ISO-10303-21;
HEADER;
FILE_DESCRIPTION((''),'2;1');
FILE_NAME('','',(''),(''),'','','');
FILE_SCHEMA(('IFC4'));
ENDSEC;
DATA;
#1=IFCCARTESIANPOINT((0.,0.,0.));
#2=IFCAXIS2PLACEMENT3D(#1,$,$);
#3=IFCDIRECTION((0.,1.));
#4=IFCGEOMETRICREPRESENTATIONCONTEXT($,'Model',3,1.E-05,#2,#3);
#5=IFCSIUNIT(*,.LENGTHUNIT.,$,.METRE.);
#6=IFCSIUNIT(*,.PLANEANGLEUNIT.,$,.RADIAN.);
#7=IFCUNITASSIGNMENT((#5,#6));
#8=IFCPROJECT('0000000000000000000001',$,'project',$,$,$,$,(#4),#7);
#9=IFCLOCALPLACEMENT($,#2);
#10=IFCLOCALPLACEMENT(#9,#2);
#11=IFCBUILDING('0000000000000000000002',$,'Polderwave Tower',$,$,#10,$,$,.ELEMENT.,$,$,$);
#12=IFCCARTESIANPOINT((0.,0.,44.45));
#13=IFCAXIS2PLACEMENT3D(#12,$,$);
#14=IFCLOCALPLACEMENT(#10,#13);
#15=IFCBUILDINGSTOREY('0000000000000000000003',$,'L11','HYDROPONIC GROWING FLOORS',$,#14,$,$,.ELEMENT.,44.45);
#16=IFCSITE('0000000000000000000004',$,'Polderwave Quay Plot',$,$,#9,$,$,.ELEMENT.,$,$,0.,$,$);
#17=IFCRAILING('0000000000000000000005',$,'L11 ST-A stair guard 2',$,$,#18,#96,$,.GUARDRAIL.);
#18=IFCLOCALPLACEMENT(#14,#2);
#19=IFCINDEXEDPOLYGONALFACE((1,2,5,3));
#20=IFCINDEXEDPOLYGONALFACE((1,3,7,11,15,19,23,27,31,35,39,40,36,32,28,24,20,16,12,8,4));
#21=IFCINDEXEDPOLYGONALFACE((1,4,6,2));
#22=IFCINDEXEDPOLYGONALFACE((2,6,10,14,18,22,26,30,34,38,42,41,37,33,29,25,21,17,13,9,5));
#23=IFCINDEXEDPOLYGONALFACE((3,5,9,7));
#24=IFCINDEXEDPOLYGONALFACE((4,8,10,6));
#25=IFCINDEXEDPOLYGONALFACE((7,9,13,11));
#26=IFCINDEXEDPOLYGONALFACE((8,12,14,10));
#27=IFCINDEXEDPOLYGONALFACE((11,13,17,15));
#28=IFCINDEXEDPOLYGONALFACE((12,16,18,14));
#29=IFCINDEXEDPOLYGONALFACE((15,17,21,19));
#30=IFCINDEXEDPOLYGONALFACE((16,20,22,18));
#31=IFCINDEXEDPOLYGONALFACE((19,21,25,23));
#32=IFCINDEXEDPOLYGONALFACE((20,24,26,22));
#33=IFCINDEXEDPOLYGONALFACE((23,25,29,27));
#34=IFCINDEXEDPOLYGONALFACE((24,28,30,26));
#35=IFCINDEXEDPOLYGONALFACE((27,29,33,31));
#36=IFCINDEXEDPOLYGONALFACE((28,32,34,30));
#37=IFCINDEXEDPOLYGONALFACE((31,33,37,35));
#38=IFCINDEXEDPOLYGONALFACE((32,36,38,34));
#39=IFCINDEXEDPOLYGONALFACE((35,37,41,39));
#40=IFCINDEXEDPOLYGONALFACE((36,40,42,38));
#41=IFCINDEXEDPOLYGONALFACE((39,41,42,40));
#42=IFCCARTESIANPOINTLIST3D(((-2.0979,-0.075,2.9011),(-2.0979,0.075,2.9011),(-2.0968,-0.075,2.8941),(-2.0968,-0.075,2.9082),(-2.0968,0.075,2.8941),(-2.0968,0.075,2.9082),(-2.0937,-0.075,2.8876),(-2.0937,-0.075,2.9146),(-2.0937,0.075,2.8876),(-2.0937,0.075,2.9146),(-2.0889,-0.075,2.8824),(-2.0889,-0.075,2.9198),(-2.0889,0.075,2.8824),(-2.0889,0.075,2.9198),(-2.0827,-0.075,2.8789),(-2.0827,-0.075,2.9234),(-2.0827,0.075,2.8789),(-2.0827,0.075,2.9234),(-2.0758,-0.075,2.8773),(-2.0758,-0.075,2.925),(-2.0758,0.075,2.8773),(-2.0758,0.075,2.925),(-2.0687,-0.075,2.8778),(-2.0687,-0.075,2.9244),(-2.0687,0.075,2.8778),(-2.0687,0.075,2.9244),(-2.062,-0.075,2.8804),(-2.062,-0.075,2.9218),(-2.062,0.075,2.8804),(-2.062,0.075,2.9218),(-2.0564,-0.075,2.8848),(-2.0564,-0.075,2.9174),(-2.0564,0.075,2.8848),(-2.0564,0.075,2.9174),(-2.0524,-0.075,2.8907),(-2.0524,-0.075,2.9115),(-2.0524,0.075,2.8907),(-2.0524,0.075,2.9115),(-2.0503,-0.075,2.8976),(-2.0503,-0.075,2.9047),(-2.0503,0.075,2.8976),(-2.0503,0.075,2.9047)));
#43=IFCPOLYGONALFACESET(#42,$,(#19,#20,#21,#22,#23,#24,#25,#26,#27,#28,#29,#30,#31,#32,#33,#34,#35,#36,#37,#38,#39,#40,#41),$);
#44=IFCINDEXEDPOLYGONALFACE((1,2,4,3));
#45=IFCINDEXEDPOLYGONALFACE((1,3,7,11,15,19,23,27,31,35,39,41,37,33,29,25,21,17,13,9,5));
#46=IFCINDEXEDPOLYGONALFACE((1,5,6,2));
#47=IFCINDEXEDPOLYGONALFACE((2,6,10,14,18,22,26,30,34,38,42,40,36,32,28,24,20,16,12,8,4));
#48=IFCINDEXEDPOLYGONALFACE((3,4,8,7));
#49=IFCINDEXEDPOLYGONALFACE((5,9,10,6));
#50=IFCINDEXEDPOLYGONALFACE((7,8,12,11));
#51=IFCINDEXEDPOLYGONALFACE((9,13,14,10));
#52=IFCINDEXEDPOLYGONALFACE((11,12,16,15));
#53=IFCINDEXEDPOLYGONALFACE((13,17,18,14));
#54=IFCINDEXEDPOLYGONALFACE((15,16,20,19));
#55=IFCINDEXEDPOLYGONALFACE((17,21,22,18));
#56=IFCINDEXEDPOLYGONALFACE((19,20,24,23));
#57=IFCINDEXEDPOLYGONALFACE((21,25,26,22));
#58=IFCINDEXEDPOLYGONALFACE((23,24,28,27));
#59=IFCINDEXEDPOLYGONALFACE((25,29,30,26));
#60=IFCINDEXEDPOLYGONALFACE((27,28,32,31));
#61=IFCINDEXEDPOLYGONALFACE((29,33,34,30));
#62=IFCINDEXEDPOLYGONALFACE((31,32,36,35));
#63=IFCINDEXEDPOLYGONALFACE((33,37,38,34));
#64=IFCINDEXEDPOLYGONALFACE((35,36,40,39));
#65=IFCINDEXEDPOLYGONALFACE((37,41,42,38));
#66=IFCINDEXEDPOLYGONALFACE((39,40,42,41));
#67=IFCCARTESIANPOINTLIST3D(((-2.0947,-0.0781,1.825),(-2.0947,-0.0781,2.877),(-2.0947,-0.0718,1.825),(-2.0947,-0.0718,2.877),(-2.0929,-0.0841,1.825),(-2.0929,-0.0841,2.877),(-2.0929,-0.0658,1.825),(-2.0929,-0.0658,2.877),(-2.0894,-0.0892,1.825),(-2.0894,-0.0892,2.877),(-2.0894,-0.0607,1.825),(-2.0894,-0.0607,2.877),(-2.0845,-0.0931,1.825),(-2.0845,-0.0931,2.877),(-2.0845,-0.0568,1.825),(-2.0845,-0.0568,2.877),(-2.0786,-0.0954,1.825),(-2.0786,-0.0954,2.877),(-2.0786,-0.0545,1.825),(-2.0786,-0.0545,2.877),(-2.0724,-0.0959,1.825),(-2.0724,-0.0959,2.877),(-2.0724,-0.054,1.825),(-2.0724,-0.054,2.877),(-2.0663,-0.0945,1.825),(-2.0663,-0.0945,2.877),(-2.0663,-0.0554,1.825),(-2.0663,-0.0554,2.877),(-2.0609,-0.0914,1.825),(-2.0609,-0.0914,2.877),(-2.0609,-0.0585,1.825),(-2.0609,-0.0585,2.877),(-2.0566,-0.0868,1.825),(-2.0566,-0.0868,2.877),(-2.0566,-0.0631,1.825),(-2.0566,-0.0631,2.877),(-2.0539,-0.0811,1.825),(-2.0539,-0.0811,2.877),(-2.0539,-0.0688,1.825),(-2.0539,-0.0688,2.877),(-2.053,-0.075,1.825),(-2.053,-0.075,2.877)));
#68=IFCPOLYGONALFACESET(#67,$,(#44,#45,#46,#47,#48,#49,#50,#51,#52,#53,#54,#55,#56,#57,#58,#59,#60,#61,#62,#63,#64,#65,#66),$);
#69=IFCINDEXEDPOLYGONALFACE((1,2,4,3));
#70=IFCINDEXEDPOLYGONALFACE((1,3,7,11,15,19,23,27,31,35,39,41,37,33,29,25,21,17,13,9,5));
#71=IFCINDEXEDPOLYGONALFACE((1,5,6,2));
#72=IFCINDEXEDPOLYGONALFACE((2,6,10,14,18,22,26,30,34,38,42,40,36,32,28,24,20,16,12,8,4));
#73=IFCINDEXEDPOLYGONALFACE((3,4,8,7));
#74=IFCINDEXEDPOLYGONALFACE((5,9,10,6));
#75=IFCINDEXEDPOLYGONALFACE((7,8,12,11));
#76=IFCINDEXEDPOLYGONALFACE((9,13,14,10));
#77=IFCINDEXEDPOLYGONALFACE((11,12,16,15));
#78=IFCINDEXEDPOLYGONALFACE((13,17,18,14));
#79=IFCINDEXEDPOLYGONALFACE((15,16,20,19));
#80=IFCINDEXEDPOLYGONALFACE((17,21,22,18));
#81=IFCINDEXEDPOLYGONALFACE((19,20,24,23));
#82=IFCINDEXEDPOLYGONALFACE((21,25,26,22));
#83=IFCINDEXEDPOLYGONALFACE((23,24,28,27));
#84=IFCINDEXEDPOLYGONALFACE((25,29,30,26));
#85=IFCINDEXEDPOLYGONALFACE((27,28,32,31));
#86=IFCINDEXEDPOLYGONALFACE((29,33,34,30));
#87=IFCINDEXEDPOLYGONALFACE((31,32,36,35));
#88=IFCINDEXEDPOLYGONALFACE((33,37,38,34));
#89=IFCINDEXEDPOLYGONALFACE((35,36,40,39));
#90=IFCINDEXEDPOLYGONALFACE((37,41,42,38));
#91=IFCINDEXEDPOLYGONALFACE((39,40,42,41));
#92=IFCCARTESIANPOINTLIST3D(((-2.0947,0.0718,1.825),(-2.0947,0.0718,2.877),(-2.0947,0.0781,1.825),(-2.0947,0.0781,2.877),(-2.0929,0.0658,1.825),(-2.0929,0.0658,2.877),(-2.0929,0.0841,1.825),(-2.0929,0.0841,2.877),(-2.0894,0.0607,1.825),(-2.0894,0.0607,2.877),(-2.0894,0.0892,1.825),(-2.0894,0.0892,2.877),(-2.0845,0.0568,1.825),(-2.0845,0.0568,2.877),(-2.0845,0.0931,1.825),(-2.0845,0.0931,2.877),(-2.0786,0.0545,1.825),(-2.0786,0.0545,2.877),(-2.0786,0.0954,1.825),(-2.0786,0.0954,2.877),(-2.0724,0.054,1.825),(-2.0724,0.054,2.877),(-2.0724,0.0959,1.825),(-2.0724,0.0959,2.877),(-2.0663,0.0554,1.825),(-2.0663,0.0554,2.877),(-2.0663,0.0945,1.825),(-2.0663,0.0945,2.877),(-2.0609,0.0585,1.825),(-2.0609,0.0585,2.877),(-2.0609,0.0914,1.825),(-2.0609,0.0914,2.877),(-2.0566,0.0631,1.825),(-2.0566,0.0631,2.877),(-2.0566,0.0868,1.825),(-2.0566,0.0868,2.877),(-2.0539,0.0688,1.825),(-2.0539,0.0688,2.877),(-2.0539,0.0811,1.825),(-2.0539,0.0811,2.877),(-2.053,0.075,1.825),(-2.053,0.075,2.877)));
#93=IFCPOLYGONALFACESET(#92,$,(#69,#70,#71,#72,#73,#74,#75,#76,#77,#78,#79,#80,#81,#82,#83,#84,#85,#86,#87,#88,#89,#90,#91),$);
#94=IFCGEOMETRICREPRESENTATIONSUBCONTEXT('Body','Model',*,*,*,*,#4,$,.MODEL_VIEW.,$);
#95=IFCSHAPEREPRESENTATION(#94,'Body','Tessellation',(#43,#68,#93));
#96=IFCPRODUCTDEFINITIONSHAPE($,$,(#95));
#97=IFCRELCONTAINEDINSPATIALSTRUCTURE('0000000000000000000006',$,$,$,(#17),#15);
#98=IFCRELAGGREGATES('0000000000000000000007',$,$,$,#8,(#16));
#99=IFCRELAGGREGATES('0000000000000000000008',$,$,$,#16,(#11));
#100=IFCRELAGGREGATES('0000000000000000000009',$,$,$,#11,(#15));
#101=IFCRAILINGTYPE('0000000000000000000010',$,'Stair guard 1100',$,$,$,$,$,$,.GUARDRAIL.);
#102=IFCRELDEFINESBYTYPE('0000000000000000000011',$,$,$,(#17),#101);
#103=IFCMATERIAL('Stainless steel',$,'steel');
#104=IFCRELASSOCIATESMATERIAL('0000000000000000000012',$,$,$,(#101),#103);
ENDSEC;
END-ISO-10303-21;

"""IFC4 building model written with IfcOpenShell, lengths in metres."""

from ifc_helpers import new_model, si_unit, direction, frame, origin, origin_2d, place, context, subcontext, project, spatial, circle, extrude, material, type_object, element, save


model = new_model("IFC4")

# Units and contexts
model_context = context("Model", 3, precision=1e-05, world=origin(), true_north=direction((0.0, 1.0)))
body_context = subcontext(model_context, "Body", "Model", "MODEL_VIEW")
ifc_project = project(units=[si_unit("LENGTHUNIT", "METRE"), si_unit("PLANEANGLEUNIT", "RADIAN")], contexts=[model_context])

# Site, building, storey
site_placement = place(None, origin())
site = spatial("IfcSite", under=ifc_project, at=site_placement, Name="Polderwave Quay Plot", CompositionType="ELEMENT", RefElevation=0.0)
building_placement = place(site_placement, origin())
building = spatial("IfcBuilding", under=site, at=building_placement, Name="Polderwave Tower", CompositionType="ELEMENT")
storey_placement = place(building_placement, frame((0.0, 0.0, 44.45)))
storey = spatial("IfcBuildingStorey", under=building, at=storey_placement, Name="L11", Description="HYDROPONIC GROWING FLOORS", CompositionType="ELEMENT", Elevation=44.45)

# Railing
ifc_material_1 = material(Name="Stainless steel", Category="steel")
railing_type = type_object("IfcRailingType", Name="Stair guard 1100", PredefinedType="GUARDRAIL", material=ifc_material_1)
railing_1_placement = place(storey_placement, frame((-2.074, -0.075, 1.825)))
element("IfcRailing", 1, at=railing_1_placement, inside=storey, type_object=railing_type, Name="L11 ST-A stair guard 2", PredefinedType="GUARDRAIL", context=body_context, shape_type="SweptSolid", body=[
    extrude(circle(Radius=0.0239, at=origin_2d()), frame((0.0, 0.0, 1.0762), z_axis=(0.0, 1.0, 0.0), x_axis=(-1.0, 0.0, 0.0)), (0.0, 0.0, 1.0), 0.1499),
    extrude(circle(Radius=0.021, at=origin_2d()), origin(), (0.0, 0.0, 1.0), 1.052),
    extrude(circle(Radius=0.021, at=origin_2d()), frame((0.0, 0.1499, 0.0)), (0.0, 0.0, 1.0), 1.052),
])

save(model, "model.ifc")
